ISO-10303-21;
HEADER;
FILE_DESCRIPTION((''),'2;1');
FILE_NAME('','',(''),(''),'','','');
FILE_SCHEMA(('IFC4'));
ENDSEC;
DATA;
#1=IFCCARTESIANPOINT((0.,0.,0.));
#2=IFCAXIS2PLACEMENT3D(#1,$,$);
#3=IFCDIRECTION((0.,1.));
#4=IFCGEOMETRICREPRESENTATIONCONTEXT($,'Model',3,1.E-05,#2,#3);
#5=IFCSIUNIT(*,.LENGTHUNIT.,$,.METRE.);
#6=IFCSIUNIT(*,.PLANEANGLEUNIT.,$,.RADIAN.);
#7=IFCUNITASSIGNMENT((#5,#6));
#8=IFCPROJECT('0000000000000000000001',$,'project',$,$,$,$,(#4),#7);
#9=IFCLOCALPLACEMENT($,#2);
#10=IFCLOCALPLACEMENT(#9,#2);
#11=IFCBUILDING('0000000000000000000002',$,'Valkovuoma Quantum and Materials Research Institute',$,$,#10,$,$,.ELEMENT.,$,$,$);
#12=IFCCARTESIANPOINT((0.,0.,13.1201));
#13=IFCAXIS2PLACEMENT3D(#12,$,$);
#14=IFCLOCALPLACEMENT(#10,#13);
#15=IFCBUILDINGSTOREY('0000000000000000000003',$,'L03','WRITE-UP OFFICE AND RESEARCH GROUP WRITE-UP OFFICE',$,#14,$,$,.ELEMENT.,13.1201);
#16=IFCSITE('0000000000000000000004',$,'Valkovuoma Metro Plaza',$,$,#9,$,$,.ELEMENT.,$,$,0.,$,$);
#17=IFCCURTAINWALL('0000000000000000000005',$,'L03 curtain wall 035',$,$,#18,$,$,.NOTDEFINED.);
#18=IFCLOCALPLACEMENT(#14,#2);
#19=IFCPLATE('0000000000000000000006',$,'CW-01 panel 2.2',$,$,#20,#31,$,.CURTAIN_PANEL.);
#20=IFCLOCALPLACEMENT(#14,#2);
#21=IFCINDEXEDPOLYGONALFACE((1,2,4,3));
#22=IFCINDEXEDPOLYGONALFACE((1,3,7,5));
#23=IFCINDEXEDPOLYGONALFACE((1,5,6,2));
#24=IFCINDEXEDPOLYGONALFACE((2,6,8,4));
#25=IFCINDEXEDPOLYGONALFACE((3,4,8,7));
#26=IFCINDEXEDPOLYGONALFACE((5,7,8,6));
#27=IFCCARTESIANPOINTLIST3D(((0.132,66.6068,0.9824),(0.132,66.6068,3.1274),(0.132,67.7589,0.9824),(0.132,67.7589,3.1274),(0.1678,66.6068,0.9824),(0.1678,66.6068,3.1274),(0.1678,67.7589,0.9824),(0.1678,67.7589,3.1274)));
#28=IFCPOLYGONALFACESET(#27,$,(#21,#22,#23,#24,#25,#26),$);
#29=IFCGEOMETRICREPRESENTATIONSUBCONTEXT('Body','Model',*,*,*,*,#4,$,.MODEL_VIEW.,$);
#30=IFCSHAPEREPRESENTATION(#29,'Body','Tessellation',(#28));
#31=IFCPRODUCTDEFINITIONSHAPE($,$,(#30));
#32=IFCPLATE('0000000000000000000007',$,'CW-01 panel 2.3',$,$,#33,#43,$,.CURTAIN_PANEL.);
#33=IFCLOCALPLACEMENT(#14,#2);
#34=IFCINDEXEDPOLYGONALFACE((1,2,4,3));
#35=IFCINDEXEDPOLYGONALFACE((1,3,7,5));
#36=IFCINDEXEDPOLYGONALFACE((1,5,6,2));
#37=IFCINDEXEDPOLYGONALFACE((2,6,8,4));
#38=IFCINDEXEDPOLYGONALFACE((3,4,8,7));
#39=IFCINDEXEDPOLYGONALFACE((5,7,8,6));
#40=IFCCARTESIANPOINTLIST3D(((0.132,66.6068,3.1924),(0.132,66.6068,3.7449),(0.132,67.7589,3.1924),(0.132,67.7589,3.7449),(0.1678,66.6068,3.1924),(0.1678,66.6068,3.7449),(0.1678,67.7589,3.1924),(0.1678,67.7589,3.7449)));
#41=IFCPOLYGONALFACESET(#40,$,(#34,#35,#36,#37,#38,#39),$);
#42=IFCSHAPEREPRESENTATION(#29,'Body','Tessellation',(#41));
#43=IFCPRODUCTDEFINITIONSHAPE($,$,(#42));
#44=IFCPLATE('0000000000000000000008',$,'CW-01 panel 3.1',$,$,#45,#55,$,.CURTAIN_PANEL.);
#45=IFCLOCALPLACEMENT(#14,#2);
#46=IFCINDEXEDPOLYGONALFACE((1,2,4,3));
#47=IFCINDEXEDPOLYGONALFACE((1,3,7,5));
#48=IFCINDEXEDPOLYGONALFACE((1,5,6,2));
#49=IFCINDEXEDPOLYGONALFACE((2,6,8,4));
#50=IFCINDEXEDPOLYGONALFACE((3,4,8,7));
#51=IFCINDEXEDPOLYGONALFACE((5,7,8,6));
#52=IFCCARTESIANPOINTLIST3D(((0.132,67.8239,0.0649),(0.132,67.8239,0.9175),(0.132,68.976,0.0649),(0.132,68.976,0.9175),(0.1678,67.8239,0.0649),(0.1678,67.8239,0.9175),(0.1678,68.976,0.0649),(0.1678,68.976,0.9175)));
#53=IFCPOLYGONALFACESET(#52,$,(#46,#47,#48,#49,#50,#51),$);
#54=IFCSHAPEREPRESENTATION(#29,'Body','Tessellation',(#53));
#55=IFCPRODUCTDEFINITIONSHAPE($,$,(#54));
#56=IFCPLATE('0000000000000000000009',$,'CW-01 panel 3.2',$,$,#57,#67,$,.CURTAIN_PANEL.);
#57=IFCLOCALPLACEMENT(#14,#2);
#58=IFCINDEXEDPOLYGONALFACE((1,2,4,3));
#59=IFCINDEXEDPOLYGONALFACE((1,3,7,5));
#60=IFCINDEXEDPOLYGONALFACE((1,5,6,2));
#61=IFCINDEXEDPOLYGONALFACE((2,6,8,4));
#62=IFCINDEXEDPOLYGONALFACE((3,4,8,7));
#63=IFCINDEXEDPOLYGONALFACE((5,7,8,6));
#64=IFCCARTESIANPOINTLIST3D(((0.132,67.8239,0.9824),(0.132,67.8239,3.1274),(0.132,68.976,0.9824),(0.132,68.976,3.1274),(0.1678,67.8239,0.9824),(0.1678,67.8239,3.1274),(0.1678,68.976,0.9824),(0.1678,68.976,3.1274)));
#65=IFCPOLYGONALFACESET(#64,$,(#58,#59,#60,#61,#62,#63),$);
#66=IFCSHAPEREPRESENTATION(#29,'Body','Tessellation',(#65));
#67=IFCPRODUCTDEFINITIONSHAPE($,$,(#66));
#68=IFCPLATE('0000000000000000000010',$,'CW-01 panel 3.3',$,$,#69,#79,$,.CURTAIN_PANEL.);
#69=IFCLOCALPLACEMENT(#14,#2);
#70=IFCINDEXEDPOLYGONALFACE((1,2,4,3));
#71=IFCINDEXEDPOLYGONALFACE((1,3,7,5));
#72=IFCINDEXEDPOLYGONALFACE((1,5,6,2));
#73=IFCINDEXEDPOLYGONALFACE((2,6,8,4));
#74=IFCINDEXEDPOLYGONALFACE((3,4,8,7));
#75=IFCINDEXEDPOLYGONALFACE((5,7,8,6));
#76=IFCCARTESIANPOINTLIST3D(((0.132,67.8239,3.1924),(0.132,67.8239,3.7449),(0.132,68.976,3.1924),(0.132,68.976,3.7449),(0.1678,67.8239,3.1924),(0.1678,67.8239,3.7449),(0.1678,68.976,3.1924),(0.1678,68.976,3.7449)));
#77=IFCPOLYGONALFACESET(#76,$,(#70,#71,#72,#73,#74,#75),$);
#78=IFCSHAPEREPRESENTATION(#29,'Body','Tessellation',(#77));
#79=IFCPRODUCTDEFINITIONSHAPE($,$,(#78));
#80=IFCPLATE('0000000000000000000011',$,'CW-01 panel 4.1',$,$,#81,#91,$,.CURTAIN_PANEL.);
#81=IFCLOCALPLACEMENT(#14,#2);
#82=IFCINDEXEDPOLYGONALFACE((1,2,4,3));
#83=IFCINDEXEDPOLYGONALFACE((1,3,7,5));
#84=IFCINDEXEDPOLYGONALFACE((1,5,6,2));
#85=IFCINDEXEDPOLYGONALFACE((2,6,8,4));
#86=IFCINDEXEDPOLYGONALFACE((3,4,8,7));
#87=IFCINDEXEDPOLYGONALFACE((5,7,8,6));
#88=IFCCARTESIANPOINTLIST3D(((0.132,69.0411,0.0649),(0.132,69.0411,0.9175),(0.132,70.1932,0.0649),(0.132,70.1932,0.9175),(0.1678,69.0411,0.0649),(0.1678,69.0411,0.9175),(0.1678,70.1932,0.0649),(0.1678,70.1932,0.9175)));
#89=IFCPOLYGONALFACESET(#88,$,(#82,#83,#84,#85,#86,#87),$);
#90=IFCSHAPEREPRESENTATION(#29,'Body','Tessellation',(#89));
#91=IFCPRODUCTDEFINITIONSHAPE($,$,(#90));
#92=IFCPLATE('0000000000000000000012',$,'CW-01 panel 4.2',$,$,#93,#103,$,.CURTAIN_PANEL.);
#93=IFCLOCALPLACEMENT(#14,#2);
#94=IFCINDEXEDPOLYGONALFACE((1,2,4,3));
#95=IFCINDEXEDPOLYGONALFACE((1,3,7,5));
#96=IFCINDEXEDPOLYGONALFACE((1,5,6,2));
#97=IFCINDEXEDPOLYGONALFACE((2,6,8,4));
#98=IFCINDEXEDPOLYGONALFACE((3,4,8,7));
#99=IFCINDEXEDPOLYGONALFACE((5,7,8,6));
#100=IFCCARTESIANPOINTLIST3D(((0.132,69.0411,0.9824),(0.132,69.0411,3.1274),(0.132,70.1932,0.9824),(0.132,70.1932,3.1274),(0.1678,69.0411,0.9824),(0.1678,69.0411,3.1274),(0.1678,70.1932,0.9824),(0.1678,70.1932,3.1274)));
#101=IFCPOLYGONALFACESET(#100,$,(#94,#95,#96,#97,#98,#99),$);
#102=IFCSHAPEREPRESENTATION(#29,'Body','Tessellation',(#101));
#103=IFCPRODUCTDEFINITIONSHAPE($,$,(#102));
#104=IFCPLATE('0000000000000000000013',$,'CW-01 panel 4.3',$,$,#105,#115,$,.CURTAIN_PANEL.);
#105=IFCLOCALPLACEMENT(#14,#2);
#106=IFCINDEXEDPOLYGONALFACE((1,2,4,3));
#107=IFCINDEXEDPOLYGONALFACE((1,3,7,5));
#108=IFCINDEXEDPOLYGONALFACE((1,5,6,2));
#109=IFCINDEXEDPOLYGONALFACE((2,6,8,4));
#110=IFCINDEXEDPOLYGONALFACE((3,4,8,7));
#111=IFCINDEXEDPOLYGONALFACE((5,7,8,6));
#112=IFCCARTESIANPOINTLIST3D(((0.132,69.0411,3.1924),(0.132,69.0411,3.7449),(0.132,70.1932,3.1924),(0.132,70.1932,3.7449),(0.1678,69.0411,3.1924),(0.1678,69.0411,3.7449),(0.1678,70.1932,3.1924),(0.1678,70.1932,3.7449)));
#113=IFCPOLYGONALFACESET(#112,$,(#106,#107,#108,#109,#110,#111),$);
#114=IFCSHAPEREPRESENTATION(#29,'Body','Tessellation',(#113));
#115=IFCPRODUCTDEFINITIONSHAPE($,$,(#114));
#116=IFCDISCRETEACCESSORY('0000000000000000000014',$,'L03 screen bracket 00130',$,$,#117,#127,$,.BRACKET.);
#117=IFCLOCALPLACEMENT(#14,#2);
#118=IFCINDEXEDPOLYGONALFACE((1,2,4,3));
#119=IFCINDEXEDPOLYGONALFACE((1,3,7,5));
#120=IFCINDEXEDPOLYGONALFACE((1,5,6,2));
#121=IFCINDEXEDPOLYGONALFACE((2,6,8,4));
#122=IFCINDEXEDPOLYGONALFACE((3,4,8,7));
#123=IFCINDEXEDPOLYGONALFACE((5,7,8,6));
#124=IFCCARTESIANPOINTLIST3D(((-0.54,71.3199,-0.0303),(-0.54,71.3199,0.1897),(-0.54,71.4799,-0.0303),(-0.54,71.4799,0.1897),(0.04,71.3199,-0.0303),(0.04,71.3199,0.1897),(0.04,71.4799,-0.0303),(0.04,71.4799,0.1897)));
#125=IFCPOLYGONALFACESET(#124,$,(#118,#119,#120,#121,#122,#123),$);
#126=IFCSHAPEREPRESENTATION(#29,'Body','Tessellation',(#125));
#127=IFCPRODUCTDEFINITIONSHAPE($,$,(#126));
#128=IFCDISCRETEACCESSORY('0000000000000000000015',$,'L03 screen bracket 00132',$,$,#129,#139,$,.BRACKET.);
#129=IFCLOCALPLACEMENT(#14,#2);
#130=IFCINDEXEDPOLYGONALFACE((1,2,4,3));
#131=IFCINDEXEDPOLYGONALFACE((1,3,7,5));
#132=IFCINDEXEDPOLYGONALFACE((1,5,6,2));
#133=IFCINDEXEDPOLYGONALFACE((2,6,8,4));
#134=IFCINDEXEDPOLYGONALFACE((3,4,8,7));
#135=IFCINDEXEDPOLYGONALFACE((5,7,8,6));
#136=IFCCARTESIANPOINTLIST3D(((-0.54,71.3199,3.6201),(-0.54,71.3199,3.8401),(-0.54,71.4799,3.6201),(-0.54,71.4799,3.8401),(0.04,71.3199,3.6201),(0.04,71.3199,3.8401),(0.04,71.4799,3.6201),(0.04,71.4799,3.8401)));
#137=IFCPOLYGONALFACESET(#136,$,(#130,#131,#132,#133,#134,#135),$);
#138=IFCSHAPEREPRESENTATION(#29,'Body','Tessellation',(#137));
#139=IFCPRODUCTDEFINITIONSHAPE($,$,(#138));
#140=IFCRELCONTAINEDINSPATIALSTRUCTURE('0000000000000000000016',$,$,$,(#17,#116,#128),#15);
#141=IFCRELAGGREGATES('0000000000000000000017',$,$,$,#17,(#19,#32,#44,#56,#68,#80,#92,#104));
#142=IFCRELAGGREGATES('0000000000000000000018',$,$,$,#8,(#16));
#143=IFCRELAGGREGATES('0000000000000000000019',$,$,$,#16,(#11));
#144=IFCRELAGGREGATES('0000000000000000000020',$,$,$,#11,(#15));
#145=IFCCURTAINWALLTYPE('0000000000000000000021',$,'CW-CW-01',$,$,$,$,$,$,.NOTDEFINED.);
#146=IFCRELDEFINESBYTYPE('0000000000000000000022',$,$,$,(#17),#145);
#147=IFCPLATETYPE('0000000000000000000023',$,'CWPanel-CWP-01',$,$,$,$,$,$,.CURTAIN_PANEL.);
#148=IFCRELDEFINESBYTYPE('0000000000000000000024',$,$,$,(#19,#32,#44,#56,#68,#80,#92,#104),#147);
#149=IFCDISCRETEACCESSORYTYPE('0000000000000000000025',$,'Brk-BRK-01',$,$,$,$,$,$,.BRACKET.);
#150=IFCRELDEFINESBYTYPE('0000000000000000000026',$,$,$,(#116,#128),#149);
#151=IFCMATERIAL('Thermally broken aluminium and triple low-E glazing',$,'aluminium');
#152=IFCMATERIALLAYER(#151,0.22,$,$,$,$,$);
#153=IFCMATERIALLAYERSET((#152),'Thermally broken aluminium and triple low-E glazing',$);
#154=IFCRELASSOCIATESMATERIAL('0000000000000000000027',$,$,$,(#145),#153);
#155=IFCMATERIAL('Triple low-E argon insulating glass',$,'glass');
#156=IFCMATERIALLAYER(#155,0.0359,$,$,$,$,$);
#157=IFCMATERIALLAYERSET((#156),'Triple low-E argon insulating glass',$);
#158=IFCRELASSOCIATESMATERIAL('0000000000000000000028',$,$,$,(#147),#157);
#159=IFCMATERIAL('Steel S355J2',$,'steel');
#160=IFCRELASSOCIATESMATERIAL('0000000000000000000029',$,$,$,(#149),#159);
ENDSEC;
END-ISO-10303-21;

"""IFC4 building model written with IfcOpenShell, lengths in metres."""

from ifc_helpers import new_model, si_unit, direction, frame, origin, origin_2d, place, context, subcontext, project, spatial, rectangle, extrude, material, layer, layer_set, type_object, element, aggregate, save


model = new_model("IFC4")

# Units and contexts
model_context = context("Model", 3, precision=1e-05, world=origin(), true_north=direction((0.0, 1.0)))
body_context = subcontext(model_context, "Body", "Model", "MODEL_VIEW")
ifc_project = project(units=[si_unit("LENGTHUNIT", "METRE"), si_unit("PLANEANGLEUNIT", "RADIAN")], contexts=[model_context])

# Site, building, storey
site_placement = place(None, origin())
site = spatial("IfcSite", under=ifc_project, at=site_placement, Name="Valkovuoma Metro Plaza", CompositionType="ELEMENT", RefElevation=0.0)
building_placement = place(site_placement, origin())
building = spatial("IfcBuilding", under=site, at=building_placement, Name="Valkovuoma Quantum and Materials Research Institute", CompositionType="ELEMENT")
storey_placement = place(building_placement, frame((0.0, 0.0, 13.1201)))
storey = spatial("IfcBuildingStorey", under=building, at=storey_placement, Name="L03", Description="WRITE-UP OFFICE AND RESEARCH GROUP WRITE-UP OFFICE", CompositionType="ELEMENT", Elevation=13.1201)

# Curtain wall, plates
ifc_material_1 = material(Name="Thermally broken aluminium and triple low-E glazing", Category="aluminium")
ifc_layer_1 = layer(ifc_material_1, 0.22)
ifc_layer_set_1 = layer_set([ifc_layer_1], Name="Thermally broken aluminium and triple low-E glazing")
curtain_wall_type = type_object("IfcCurtainWallType", Name="CW-CW-01", PredefinedType="NOTDEFINED", material=ifc_layer_set_1)
curtain_wall_placement = place(storey_placement, origin())
curtain_wall = element("IfcCurtainWall", 1, at=curtain_wall_placement, inside=storey, type_object=curtain_wall_type, Name="L03 curtain wall 035", PredefinedType="NOTDEFINED")
ifc_material_2 = material(Name="Triple low-E argon insulating glass", Category="glass")
ifc_layer_2 = layer(ifc_material_2, 0.0359)
ifc_layer_set_2 = layer_set([ifc_layer_2], Name="Triple low-E argon insulating glass")
plate_type = type_object("IfcPlateType", Name="CWPanel-CWP-01", PredefinedType="CURTAIN_PANEL", material=ifc_layer_set_2)
plate_1_placement = place(storey_placement, frame((0.1499, 67.1829, 0.9824), z_axis=(0.0, 0.0, 1.0), x_axis=(0.0, 1.0, 0.0)))
plate_1 = element("IfcPlate", 2, at=plate_1_placement, type_object=plate_type, Name="CW-01 panel 2.2", PredefinedType="CURTAIN_PANEL", context=body_context, shape_type="SweptSolid", body=[
    extrude(rectangle(XDim=1.1521, YDim=0.0359, at=origin_2d()), origin(), (0.0, 0.0, 1.0), 2.145),
])
plate_2_placement = place(storey_placement, frame((0.1499, 67.1829, 3.1924), z_axis=(0.0, 0.0, 1.0), x_axis=(0.0, 1.0, 0.0)))
plate_2 = element("IfcPlate", 3, at=plate_2_placement, type_object=plate_type, Name="CW-01 panel 2.3", PredefinedType="CURTAIN_PANEL", context=body_context, shape_type="SweptSolid", body=[
    extrude(rectangle(XDim=1.1521, YDim=0.0359, at=origin_2d()), origin(), (0.0, 0.0, 1.0), 0.5525),
])
plate_3_placement = place(storey_placement, frame((0.1499, 68.3999, 0.0649), z_axis=(0.0, 0.0, 1.0), x_axis=(0.0, 1.0, 0.0)))
plate_3 = element("IfcPlate", 4, at=plate_3_placement, type_object=plate_type, Name="CW-01 panel 3.1", PredefinedType="CURTAIN_PANEL", context=body_context, shape_type="SweptSolid", body=[
    extrude(rectangle(XDim=1.1521, YDim=0.0359, at=origin_2d()), origin(), (0.0, 0.0, 1.0), 0.8525),
])
plate_4_placement = place(storey_placement, frame((0.1499, 68.3999, 0.9824), z_axis=(0.0, 0.0, 1.0), x_axis=(0.0, 1.0, 0.0)))
plate_4 = element("IfcPlate", 5, at=plate_4_placement, type_object=plate_type, Name="CW-01 panel 3.2", PredefinedType="CURTAIN_PANEL", context=body_context, shape_type="SweptSolid", body=[
    extrude(rectangle(XDim=1.1521, YDim=0.0359, at=origin_2d()), origin(), (0.0, 0.0, 1.0), 2.145),
])
plate_5_placement = place(storey_placement, frame((0.1499, 68.3999, 3.1924), z_axis=(0.0, 0.0, 1.0), x_axis=(0.0, 1.0, 0.0)))
plate_5 = element("IfcPlate", 6, at=plate_5_placement, type_object=plate_type, Name="CW-01 panel 3.3", PredefinedType="CURTAIN_PANEL", context=body_context, shape_type="SweptSolid", body=[
    extrude(rectangle(XDim=1.1521, YDim=0.0359, at=origin_2d()), origin(), (0.0, 0.0, 1.0), 0.5525),
])
plate_6_placement = place(storey_placement, frame((0.1499, 69.6172, 0.0649), z_axis=(0.0, 0.0, 1.0), x_axis=(0.0, 1.0, 0.0)))
plate_6 = element("IfcPlate", 7, at=plate_6_placement, type_object=plate_type, Name="CW-01 panel 4.1", PredefinedType="CURTAIN_PANEL", context=body_context, shape_type="SweptSolid", body=[
    extrude(rectangle(XDim=1.1521, YDim=0.0359, at=origin_2d()), origin(), (0.0, 0.0, 1.0), 0.8525),
])
plate_7_placement = place(storey_placement, frame((0.1499, 69.6172, 0.9824), z_axis=(0.0, 0.0, 1.0), x_axis=(0.0, 1.0, 0.0)))
plate_7 = element("IfcPlate", 8, at=plate_7_placement, type_object=plate_type, Name="CW-01 panel 4.2", PredefinedType="CURTAIN_PANEL", context=body_context, shape_type="SweptSolid", body=[
    extrude(rectangle(XDim=1.1521, YDim=0.0359, at=origin_2d()), origin(), (0.0, 0.0, 1.0), 2.145),
])
plate_8_placement = place(storey_placement, frame((0.1499, 69.6172, 3.1924), z_axis=(0.0, 0.0, 1.0), x_axis=(0.0, 1.0, 0.0)))
plate_8 = element("IfcPlate", 9, at=plate_8_placement, type_object=plate_type, Name="CW-01 panel 4.3", PredefinedType="CURTAIN_PANEL", context=body_context, shape_type="SweptSolid", body=[
    extrude(rectangle(XDim=1.1521, YDim=0.0359, at=origin_2d()), origin(), (0.0, 0.0, 1.0), 0.5525),
])
aggregate(curtain_wall, [plate_1, plate_2, plate_3, plate_4, plate_5, plate_6, plate_7, plate_8])

# Discrete accessories
ifc_material_3 = material(Name="Steel S355J2", Category="steel")
discrete_accessory_type = type_object("IfcDiscreteAccessoryType", Name="Brk-BRK-01", PredefinedType="BRACKET", material=ifc_material_3)
for number, where, z_axis, x_axis, name in (
    (10, (-0.25, 71.3999, -0.0303), (0.0, 0.0, 1.0), (1.0, 0.0, 0.0), "L03 screen bracket 00130"),
    (11, (-0.25, 71.3999, 3.6201), (0.0, 0.0, 1.0), (1.0, 0.0, 0.0), "L03 screen bracket 00132"),
):
    element("IfcDiscreteAccessory", number, at=place(storey_placement, frame(where, z_axis=z_axis, x_axis=x_axis)), inside=storey, type_object=discrete_accessory_type, Name=name, PredefinedType="BRACKET", context=body_context, shape_type="SweptSolid", body=[
        extrude(rectangle(XDim=0.5801, YDim=0.1599, at=origin_2d()), origin(), (0.0, 0.0, 1.0), 0.22),
    ])

save(model, "model.ifc")
